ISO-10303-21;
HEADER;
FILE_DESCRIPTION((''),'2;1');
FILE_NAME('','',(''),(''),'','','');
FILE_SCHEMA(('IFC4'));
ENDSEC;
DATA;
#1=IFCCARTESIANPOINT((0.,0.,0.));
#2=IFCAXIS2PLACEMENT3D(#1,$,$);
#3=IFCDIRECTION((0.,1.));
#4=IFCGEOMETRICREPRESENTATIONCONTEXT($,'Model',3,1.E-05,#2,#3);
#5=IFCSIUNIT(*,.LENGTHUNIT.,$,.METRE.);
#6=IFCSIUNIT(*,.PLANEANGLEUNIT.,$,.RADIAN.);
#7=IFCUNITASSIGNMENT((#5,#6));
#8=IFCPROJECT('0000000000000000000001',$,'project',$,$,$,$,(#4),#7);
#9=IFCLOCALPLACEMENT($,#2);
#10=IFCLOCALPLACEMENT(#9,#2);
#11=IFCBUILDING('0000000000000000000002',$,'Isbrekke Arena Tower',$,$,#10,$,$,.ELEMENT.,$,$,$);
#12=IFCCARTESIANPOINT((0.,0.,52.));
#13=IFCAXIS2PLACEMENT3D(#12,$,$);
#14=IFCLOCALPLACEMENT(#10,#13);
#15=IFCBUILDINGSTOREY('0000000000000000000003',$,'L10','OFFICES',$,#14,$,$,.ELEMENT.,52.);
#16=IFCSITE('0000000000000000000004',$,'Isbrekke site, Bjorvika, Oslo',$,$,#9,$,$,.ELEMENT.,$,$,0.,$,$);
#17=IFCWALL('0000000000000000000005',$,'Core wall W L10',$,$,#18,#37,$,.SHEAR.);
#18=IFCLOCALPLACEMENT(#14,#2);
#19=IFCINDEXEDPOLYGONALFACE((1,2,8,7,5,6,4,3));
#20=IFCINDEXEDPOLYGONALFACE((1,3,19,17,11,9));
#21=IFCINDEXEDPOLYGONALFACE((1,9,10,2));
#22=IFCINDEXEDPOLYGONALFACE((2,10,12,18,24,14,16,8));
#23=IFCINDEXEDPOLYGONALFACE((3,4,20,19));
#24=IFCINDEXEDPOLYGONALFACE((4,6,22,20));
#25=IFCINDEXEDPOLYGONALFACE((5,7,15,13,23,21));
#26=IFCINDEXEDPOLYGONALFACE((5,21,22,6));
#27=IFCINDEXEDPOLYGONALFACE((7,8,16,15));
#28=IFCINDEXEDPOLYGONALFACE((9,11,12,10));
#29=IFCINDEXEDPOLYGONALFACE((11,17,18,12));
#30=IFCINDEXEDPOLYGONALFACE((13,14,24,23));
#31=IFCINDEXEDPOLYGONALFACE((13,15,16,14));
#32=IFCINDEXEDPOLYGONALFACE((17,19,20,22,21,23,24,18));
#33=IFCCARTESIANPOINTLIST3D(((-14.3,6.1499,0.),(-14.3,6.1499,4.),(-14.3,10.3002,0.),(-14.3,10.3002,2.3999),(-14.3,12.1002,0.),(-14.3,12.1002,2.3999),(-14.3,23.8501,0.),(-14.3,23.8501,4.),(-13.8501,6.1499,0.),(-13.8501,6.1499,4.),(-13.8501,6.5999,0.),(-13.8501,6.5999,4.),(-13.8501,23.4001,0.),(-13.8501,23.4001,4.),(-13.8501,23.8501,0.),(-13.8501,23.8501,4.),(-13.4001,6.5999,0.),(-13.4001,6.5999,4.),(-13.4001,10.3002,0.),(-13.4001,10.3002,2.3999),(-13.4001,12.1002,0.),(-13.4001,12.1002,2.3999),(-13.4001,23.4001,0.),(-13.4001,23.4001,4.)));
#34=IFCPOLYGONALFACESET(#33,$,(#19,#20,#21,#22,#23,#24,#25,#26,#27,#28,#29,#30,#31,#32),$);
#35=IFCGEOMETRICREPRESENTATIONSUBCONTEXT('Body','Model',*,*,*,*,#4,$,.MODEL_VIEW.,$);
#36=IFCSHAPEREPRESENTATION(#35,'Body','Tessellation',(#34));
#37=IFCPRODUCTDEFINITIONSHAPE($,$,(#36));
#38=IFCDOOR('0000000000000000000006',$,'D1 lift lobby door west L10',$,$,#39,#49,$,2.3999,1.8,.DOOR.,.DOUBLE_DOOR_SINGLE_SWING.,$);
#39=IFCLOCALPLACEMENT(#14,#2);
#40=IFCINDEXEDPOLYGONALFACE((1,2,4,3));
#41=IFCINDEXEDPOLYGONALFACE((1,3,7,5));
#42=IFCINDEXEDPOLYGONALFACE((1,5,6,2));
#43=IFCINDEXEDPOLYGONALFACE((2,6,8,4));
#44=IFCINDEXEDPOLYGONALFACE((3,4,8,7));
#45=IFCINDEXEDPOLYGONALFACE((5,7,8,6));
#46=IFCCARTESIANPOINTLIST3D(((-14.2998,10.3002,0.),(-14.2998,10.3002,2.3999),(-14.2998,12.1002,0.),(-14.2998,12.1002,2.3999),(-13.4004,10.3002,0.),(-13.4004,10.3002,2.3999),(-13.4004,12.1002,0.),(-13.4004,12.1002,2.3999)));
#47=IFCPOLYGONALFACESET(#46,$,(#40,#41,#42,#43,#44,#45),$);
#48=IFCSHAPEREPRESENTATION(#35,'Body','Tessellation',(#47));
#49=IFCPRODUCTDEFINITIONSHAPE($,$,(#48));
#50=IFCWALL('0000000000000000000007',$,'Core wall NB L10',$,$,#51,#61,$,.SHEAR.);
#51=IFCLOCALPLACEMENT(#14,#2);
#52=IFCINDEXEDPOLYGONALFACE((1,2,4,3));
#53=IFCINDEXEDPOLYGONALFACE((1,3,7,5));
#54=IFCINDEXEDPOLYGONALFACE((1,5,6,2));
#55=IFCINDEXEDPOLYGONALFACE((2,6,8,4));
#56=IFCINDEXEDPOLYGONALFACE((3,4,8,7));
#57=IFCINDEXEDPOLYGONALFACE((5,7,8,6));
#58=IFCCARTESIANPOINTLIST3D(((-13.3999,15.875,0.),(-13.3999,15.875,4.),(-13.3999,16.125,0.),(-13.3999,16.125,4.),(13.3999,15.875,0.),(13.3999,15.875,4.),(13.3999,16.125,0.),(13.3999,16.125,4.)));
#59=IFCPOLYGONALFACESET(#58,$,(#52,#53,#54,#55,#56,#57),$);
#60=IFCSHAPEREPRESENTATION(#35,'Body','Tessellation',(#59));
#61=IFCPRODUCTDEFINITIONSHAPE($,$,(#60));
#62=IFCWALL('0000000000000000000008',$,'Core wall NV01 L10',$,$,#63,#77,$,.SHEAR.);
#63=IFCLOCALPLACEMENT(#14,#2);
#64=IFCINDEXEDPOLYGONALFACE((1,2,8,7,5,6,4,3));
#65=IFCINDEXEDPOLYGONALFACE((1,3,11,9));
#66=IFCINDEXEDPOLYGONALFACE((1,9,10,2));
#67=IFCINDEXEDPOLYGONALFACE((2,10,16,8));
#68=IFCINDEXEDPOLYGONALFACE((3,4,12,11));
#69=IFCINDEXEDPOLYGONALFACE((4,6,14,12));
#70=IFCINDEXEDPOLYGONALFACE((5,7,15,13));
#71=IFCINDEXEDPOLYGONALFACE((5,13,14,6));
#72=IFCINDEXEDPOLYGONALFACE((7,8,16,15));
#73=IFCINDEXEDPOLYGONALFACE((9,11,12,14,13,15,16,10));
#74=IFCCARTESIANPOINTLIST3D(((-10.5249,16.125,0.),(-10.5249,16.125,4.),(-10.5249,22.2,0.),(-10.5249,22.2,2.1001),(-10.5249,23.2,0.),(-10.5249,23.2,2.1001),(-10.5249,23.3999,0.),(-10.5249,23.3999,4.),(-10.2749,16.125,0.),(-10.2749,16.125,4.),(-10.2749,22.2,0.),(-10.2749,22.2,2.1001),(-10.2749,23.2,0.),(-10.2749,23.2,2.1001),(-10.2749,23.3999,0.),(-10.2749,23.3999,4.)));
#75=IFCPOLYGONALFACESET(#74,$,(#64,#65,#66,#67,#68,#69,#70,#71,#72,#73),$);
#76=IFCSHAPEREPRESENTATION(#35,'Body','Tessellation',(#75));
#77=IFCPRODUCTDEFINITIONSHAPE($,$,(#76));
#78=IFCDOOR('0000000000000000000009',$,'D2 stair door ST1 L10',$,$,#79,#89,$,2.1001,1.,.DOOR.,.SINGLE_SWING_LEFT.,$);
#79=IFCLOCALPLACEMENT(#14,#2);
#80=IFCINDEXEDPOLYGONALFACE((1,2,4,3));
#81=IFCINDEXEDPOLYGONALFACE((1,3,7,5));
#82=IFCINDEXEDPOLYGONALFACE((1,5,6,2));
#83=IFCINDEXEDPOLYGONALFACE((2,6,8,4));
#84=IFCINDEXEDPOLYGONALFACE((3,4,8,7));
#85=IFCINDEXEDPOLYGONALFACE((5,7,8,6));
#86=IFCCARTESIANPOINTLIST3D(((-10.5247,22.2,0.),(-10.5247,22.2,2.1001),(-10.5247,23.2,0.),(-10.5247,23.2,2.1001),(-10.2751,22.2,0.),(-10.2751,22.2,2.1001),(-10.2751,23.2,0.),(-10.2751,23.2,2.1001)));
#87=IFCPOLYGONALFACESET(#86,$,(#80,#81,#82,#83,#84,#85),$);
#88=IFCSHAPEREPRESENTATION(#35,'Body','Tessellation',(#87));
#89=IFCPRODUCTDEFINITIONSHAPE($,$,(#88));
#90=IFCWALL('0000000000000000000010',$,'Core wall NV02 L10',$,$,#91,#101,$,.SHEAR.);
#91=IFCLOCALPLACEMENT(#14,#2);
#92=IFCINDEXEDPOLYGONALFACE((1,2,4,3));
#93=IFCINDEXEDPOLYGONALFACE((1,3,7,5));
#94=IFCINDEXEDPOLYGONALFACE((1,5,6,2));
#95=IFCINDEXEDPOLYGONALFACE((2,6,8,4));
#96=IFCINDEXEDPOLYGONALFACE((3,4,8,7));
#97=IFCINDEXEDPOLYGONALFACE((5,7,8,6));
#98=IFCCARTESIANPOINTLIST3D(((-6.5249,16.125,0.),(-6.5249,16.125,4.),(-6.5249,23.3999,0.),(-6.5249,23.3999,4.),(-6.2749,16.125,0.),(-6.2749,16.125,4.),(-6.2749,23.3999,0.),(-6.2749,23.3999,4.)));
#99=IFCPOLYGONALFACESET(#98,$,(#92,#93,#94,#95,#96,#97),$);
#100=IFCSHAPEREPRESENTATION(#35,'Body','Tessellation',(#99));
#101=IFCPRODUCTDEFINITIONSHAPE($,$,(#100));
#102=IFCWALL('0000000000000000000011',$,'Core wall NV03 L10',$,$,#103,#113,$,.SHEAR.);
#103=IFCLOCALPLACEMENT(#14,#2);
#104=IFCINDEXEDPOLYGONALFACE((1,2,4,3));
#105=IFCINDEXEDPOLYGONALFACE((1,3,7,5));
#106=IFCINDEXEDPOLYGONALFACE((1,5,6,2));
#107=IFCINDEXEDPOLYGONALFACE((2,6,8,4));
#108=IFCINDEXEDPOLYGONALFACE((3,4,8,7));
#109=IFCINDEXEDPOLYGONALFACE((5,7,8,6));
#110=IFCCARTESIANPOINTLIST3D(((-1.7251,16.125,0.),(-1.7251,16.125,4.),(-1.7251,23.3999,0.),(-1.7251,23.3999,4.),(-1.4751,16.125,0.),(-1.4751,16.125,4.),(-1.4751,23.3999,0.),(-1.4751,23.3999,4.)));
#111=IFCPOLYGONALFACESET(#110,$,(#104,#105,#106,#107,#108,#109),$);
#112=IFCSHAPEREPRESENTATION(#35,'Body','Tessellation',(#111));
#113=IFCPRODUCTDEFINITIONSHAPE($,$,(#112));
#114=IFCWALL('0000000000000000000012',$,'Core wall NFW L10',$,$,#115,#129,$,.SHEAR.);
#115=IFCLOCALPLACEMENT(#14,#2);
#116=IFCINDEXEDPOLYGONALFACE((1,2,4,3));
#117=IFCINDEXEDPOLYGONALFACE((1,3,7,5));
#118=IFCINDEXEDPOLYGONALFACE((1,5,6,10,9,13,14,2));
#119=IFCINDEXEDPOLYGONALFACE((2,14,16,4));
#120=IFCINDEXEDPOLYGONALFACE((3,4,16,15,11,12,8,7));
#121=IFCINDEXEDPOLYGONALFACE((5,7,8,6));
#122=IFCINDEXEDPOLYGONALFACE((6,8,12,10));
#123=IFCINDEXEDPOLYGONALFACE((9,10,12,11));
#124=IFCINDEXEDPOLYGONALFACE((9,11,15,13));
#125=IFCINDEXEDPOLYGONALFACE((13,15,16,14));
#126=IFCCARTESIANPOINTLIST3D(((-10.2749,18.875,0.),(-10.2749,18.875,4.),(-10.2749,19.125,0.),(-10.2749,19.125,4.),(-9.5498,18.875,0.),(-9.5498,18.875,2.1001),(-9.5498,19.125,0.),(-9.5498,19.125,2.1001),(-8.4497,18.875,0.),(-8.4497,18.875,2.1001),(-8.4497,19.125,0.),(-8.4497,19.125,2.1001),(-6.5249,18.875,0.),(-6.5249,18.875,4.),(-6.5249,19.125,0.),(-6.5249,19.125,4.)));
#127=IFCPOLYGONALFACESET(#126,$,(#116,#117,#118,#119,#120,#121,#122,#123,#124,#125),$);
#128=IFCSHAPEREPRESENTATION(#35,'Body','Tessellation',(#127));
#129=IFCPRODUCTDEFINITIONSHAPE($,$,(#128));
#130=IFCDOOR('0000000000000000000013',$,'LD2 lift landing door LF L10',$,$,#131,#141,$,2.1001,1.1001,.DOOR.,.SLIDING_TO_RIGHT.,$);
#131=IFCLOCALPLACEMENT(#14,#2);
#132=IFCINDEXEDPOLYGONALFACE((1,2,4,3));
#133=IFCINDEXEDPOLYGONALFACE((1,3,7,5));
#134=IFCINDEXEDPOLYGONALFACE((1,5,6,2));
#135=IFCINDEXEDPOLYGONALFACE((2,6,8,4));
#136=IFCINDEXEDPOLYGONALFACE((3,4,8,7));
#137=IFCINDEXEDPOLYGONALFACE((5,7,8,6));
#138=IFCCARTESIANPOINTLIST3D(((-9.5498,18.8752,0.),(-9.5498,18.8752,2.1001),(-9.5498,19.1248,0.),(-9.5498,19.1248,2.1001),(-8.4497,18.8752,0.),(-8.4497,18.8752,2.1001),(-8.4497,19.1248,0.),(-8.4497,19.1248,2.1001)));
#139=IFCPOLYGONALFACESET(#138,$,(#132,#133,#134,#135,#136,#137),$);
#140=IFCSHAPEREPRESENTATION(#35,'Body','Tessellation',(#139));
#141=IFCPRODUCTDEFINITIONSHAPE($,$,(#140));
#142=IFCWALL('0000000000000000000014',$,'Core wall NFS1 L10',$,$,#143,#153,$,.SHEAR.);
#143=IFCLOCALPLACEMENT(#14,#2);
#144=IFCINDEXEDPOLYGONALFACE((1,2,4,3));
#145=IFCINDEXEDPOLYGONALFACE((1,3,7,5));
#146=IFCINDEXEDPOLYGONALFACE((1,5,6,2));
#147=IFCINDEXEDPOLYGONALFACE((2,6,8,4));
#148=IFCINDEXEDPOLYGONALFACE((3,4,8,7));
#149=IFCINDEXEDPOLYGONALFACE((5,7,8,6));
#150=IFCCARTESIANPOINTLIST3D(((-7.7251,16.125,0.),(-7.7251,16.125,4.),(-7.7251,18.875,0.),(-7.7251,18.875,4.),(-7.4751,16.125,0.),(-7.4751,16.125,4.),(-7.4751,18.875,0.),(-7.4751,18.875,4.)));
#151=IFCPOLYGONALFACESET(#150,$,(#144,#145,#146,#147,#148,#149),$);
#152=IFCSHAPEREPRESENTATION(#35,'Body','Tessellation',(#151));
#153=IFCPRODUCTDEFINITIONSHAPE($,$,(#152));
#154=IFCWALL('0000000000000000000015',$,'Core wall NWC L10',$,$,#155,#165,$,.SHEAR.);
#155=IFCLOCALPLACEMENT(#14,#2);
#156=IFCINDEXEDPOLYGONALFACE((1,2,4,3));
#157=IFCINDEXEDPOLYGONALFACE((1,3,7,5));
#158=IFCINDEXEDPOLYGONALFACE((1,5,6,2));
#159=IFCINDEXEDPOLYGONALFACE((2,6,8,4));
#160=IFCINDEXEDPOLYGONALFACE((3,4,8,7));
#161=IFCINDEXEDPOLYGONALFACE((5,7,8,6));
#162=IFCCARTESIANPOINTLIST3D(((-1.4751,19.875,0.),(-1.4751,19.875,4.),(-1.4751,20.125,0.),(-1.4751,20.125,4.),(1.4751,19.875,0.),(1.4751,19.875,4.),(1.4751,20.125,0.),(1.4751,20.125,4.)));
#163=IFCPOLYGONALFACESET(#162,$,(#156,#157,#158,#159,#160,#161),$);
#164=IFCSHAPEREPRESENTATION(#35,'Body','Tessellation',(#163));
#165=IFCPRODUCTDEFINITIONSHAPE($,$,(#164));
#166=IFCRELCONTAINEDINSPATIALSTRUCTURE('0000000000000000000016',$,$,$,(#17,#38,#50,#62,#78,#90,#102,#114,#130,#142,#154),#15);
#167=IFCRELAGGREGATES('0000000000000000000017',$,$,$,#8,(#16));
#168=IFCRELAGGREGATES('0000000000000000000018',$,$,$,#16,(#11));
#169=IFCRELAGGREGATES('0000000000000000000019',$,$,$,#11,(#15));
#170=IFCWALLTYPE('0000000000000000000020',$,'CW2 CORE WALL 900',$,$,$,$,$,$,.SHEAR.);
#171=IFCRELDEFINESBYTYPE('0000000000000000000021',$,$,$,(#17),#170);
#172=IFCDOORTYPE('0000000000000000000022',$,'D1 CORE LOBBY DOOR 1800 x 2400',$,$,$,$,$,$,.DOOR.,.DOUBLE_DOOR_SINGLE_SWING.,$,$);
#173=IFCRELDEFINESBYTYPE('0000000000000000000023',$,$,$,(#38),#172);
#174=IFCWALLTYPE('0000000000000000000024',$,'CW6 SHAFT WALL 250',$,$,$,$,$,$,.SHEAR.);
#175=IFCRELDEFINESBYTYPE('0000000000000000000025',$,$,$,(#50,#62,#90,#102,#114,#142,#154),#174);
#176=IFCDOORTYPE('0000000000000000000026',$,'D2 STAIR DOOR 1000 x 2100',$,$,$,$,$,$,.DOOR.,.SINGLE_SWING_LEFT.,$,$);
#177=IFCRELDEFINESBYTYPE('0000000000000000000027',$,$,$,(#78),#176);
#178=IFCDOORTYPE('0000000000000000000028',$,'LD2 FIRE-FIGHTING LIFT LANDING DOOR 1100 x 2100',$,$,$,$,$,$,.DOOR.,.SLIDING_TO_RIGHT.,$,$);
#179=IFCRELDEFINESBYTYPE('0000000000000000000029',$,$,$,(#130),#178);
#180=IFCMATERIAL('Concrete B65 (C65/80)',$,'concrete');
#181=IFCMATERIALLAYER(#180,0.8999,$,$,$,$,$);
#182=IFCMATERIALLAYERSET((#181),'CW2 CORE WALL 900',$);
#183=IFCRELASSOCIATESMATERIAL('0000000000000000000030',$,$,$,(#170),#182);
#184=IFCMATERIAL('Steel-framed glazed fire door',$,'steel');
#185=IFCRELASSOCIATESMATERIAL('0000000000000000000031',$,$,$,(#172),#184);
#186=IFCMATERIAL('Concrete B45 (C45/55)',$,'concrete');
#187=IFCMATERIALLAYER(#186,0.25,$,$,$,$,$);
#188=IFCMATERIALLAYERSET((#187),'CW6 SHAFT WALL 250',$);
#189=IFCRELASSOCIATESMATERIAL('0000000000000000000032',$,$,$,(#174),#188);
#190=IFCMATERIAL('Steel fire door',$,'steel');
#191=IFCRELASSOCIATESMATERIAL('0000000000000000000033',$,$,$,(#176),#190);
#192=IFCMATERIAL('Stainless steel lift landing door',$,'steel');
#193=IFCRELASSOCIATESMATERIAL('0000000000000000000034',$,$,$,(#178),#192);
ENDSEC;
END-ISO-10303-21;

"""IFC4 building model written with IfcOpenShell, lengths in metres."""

from ifc_helpers import new_model, si_unit, direction, frame, frame_2d, origin, place, context, subcontext, project, spatial, polyline, rectangle, outline, extrude, material, layer, layer_set, type_object, element, fill, save


model = new_model("IFC4")

# Units and contexts
model_context = context("Model", 3, precision=1e-05, world=origin(), true_north=direction((0.0, 1.0)))
body_context = subcontext(model_context, "Body", "Model", "MODEL_VIEW")
ifc_project = project(units=[si_unit("LENGTHUNIT", "METRE"), si_unit("PLANEANGLEUNIT", "RADIAN")], contexts=[model_context])

# Site, building, storey
site_placement = place(None, origin())
site = spatial("IfcSite", under=ifc_project, at=site_placement, Name="Isbrekke site, Bjorvika, Oslo", CompositionType="ELEMENT", RefElevation=0.0)
building_placement = place(site_placement, origin())
building = spatial("IfcBuilding", under=site, at=building_placement, Name="Isbrekke Arena Tower", CompositionType="ELEMENT")
storey_placement = place(building_placement, frame((0.0, 0.0, 52.0)))
storey = spatial("IfcBuildingStorey", under=building, at=storey_placement, Name="L10", Description="OFFICES", CompositionType="ELEMENT", Elevation=52.0)

# Wall, opening, door
ifc_material_1 = material(Name="Concrete B65 (C65/80)", Category="concrete")
ifc_layer_1 = layer(ifc_material_1, 0.8999)
ifc_layer_set_1 = layer_set([ifc_layer_1], Name="CW2 CORE WALL 900")
wall_type_1 = type_object("IfcWallType", Name="CW2 CORE WALL 900", PredefinedType="SHEAR", material=ifc_layer_set_1)
wall_1_placement = place(storey_placement, frame((-13.8501, 23.8501, 0.0), z_axis=(0.0, 0.0, 1.0), x_axis=(0.0, -1.0, 0.0)))
wall_1 = element("IfcWall", 1, at=wall_1_placement, inside=storey, type_object=wall_type_1, Name="Core wall W L10", PredefinedType="SHEAR", context=body_context, shape_type="SweptSolid", body=[
    extrude(outline(polyline([(0.0, -0.45), (17.7002, -0.45), (17.7002, 0.0), (17.2502, 0.0), (17.2502, 0.45), (0.45, 0.45), (0.45, 0.0), (0.0, 0.0), (0.0, -0.45)])), origin(), (0.0, 0.0, 1.0), 4.0),
])
opening_1_placement = place(wall_1_placement, frame((11.75, 0.0, 0.0)))
opening_1 = element("IfcOpeningElement", 2, at=opening_1_placement, cuts=wall_1, PredefinedType="OPENING", context=body_context, shape_type="SweptSolid", body=[
    extrude(rectangle(XDim=1.8, YDim=2.3999, at=frame_2d((0.8999, 1.2))), frame((0.0, 0.4648, 0.0), z_axis=(0.0, -1.0, 0.0), x_axis=(1.0, 0.0, 0.0)), (0.0, 0.0, 1.0), 0.9297),
])
ifc_material_2 = material(Name="Steel-framed glazed fire door", Category="steel")
door_type_1 = type_object("IfcDoorType", Name="D1 CORE LOBBY DOOR 1800 x 2400", OperationType="DOUBLE_DOOR_SINGLE_SWING", PredefinedType="DOOR", material=ifc_material_2)
door_1_placement = place(opening_1_placement, origin())
door_1 = element("IfcDoor", 3, at=door_1_placement, inside=storey, type_object=door_type_1, Name="D1 lift lobby door west L10", OperationType="DOUBLE_DOOR_SINGLE_SWING", OverallHeight=2.3999, OverallWidth=1.8, PredefinedType="DOOR", context=body_context, shape_type="SweptSolid", body=[
    extrude(rectangle(XDim=1.8, YDim=2.3999, at=frame_2d((0.8999, 1.2))), frame((0.0, 0.4497, 0.0), z_axis=(0.0, -1.0, 0.0), x_axis=(1.0, 0.0, 0.0)), (0.0, 0.0, 1.0), 0.8994),
])
fill(opening_1, door_1)

# Wall
ifc_material_3 = material(Name="Concrete B45 (C45/55)", Category="concrete")
ifc_layer_2 = layer(ifc_material_3, 0.25)
ifc_layer_set_2 = layer_set([ifc_layer_2], Name="CW6 SHAFT WALL 250")
wall_type_2 = type_object("IfcWallType", Name="CW6 SHAFT WALL 250", PredefinedType="SHEAR", material=ifc_layer_set_2)
wall_2_placement = place(storey_placement, frame((-13.3999, 16.0, 0.0), z_axis=(0.0, 0.0, 1.0), x_axis=(1.0, 0.0, 0.0)))
element("IfcWall", 4, at=wall_2_placement, inside=storey, type_object=wall_type_2, Name="Core wall NB L10", PredefinedType="SHEAR", context=body_context, shape_type="SweptSolid", body=[
    extrude(rectangle(XDim=26.7998, YDim=0.25, at=frame_2d((13.3999, 0.0))), origin(), (0.0, 0.0, 1.0), 4.0),
])

# Wall, opening, door
wall_3_placement = place(storey_placement, frame((-10.3999, 16.125, 0.0), z_axis=(0.0, 0.0, 1.0), x_axis=(0.0, 1.0, 0.0)))
wall_3 = element("IfcWall", 5, at=wall_3_placement, inside=storey, type_object=wall_type_2, Name="Core wall NV01 L10", PredefinedType="SHEAR", context=body_context, shape_type="SweptSolid", body=[
    extrude(rectangle(XDim=7.2749, YDim=0.25, at=frame_2d((3.6375, 0.0))), origin(), (0.0, 0.0, 1.0), 4.0),
])
opening_2_placement = place(wall_3_placement, frame((6.075, 0.0, 0.0)))
opening_2 = element("IfcOpeningElement", 6, at=opening_2_placement, cuts=wall_3, PredefinedType="OPENING", context=body_context, shape_type="SweptSolid", body=[
    extrude(rectangle(XDim=1.0, YDim=2.1001, at=frame_2d((0.5, 1.05))), frame((0.0, 0.1399, 0.0), z_axis=(0.0, -1.0, 0.0), x_axis=(1.0, 0.0, 0.0)), (0.0, 0.0, 1.0), 0.2798),
])
ifc_material_4 = material(Name="Steel fire door", Category="steel")
door_type_2 = type_object("IfcDoorType", Name="D2 STAIR DOOR 1000 x 2100", OperationType="SINGLE_SWING_LEFT", PredefinedType="DOOR", material=ifc_material_4)
door_2_placement = place(opening_2_placement, origin())
door_2 = element("IfcDoor", 7, at=door_2_placement, inside=storey, type_object=door_type_2, Name="D2 stair door ST1 L10", OperationType="SINGLE_SWING_LEFT", OverallHeight=2.1001, OverallWidth=1.0, PredefinedType="DOOR", context=body_context, shape_type="SweptSolid", body=[
    extrude(rectangle(XDim=1.0, YDim=2.1001, at=frame_2d((0.5, 1.05))), frame((0.0, 0.1248, 0.0), z_axis=(0.0, -1.0, 0.0), x_axis=(1.0, 0.0, 0.0)), (0.0, 0.0, 1.0), 0.2495),
])
fill(opening_2, door_2)

# Walls
for number, where, z_axis, x_axis, name in (
    (8, (-6.3999, 16.125, 0.0), (0.0, 0.0, 1.0), (0.0, 1.0, 0.0), "Core wall NV02 L10"),
    (9, (-1.6001, 16.125, 0.0), (0.0, 0.0, 1.0), (0.0, 1.0, 0.0), "Core wall NV03 L10"),
):
    element("IfcWall", number, at=place(storey_placement, frame(where, z_axis=z_axis, x_axis=x_axis)), inside=storey, type_object=wall_type_2, Name=name, PredefinedType="SHEAR", context=body_context, shape_type="SweptSolid", body=[
        extrude(rectangle(XDim=7.2749, YDim=0.25, at=frame_2d((3.6375, 0.0))), origin(), (0.0, 0.0, 1.0), 4.0),
    ])

# Wall, opening, door
wall_4_placement = place(storey_placement, frame((-10.2749, 19.0, 0.0), z_axis=(0.0, 0.0, 1.0), x_axis=(1.0, 0.0, 0.0)))
wall_4 = element("IfcWall", 10, at=wall_4_placement, inside=storey, type_object=wall_type_2, Name="Core wall NFW L10", PredefinedType="SHEAR", context=body_context, shape_type="SweptSolid", body=[
    extrude(rectangle(XDim=3.75, YDim=0.25, at=frame_2d((1.875, 0.0))), origin(), (0.0, 0.0, 1.0), 4.0),
])
opening_3_placement = place(wall_4_placement, frame((0.7251, 0.0, 0.0)))
opening_3 = element("IfcOpeningElement", 11, at=opening_3_placement, cuts=wall_4, PredefinedType="OPENING", context=body_context, shape_type="SweptSolid", body=[
    extrude(rectangle(XDim=1.1001, YDim=2.1001, at=frame_2d((0.55, 1.05))), frame((0.0, 0.1399, 0.0), z_axis=(0.0, -1.0, 0.0), x_axis=(1.0, 0.0, 0.0)), (0.0, 0.0, 1.0), 0.2798),
])
ifc_material_5 = material(Name="Stainless steel lift landing door", Category="steel")
door_type_3 = type_object("IfcDoorType", Name="LD2 FIRE-FIGHTING LIFT LANDING DOOR 1100 x 2100", OperationType="SLIDING_TO_RIGHT", PredefinedType="DOOR", material=ifc_material_5)
door_3_placement = place(opening_3_placement, origin())
door_3 = element("IfcDoor", 12, at=door_3_placement, inside=storey, type_object=door_type_3, Name="LD2 lift landing door LF L10", OperationType="SLIDING_TO_RIGHT", OverallHeight=2.1001, OverallWidth=1.1001, PredefinedType="DOOR", context=body_context, shape_type="SweptSolid", body=[
    extrude(rectangle(XDim=1.1001, YDim=2.1001, at=frame_2d((0.55, 1.05))), frame((0.0, 0.1248, 0.0), z_axis=(0.0, -1.0, 0.0), x_axis=(1.0, 0.0, 0.0)), (0.0, 0.0, 1.0), 0.2495),
])
fill(opening_3, door_3)

# Walls
wall_5_placement = place(storey_placement, frame((-7.6001, 16.125, 0.0), z_axis=(0.0, 0.0, 1.0), x_axis=(0.0, 1.0, 0.0)))
element("IfcWall", 13, at=wall_5_placement, inside=storey, type_object=wall_type_2, Name="Core wall NFS1 L10", PredefinedType="SHEAR", context=body_context, shape_type="SweptSolid", body=[
    extrude(rectangle(XDim=2.75, YDim=0.25, at=frame_2d((1.375, 0.0))), origin(), (0.0, 0.0, 1.0), 4.0),
])
wall_6_placement = place(storey_placement, frame((-1.4751, 20.0, 0.0), z_axis=(0.0, 0.0, 1.0), x_axis=(1.0, 0.0, 0.0)))
element("IfcWall", 14, at=wall_6_placement, inside=storey, type_object=wall_type_2, Name="Core wall NWC L10", PredefinedType="SHEAR", context=body_context, shape_type="SweptSolid", body=[
    extrude(rectangle(XDim=2.9502, YDim=0.25, at=frame_2d((1.4751, 0.0))), origin(), (0.0, 0.0, 1.0), 4.0),
])

save(model, "model.ifc")
